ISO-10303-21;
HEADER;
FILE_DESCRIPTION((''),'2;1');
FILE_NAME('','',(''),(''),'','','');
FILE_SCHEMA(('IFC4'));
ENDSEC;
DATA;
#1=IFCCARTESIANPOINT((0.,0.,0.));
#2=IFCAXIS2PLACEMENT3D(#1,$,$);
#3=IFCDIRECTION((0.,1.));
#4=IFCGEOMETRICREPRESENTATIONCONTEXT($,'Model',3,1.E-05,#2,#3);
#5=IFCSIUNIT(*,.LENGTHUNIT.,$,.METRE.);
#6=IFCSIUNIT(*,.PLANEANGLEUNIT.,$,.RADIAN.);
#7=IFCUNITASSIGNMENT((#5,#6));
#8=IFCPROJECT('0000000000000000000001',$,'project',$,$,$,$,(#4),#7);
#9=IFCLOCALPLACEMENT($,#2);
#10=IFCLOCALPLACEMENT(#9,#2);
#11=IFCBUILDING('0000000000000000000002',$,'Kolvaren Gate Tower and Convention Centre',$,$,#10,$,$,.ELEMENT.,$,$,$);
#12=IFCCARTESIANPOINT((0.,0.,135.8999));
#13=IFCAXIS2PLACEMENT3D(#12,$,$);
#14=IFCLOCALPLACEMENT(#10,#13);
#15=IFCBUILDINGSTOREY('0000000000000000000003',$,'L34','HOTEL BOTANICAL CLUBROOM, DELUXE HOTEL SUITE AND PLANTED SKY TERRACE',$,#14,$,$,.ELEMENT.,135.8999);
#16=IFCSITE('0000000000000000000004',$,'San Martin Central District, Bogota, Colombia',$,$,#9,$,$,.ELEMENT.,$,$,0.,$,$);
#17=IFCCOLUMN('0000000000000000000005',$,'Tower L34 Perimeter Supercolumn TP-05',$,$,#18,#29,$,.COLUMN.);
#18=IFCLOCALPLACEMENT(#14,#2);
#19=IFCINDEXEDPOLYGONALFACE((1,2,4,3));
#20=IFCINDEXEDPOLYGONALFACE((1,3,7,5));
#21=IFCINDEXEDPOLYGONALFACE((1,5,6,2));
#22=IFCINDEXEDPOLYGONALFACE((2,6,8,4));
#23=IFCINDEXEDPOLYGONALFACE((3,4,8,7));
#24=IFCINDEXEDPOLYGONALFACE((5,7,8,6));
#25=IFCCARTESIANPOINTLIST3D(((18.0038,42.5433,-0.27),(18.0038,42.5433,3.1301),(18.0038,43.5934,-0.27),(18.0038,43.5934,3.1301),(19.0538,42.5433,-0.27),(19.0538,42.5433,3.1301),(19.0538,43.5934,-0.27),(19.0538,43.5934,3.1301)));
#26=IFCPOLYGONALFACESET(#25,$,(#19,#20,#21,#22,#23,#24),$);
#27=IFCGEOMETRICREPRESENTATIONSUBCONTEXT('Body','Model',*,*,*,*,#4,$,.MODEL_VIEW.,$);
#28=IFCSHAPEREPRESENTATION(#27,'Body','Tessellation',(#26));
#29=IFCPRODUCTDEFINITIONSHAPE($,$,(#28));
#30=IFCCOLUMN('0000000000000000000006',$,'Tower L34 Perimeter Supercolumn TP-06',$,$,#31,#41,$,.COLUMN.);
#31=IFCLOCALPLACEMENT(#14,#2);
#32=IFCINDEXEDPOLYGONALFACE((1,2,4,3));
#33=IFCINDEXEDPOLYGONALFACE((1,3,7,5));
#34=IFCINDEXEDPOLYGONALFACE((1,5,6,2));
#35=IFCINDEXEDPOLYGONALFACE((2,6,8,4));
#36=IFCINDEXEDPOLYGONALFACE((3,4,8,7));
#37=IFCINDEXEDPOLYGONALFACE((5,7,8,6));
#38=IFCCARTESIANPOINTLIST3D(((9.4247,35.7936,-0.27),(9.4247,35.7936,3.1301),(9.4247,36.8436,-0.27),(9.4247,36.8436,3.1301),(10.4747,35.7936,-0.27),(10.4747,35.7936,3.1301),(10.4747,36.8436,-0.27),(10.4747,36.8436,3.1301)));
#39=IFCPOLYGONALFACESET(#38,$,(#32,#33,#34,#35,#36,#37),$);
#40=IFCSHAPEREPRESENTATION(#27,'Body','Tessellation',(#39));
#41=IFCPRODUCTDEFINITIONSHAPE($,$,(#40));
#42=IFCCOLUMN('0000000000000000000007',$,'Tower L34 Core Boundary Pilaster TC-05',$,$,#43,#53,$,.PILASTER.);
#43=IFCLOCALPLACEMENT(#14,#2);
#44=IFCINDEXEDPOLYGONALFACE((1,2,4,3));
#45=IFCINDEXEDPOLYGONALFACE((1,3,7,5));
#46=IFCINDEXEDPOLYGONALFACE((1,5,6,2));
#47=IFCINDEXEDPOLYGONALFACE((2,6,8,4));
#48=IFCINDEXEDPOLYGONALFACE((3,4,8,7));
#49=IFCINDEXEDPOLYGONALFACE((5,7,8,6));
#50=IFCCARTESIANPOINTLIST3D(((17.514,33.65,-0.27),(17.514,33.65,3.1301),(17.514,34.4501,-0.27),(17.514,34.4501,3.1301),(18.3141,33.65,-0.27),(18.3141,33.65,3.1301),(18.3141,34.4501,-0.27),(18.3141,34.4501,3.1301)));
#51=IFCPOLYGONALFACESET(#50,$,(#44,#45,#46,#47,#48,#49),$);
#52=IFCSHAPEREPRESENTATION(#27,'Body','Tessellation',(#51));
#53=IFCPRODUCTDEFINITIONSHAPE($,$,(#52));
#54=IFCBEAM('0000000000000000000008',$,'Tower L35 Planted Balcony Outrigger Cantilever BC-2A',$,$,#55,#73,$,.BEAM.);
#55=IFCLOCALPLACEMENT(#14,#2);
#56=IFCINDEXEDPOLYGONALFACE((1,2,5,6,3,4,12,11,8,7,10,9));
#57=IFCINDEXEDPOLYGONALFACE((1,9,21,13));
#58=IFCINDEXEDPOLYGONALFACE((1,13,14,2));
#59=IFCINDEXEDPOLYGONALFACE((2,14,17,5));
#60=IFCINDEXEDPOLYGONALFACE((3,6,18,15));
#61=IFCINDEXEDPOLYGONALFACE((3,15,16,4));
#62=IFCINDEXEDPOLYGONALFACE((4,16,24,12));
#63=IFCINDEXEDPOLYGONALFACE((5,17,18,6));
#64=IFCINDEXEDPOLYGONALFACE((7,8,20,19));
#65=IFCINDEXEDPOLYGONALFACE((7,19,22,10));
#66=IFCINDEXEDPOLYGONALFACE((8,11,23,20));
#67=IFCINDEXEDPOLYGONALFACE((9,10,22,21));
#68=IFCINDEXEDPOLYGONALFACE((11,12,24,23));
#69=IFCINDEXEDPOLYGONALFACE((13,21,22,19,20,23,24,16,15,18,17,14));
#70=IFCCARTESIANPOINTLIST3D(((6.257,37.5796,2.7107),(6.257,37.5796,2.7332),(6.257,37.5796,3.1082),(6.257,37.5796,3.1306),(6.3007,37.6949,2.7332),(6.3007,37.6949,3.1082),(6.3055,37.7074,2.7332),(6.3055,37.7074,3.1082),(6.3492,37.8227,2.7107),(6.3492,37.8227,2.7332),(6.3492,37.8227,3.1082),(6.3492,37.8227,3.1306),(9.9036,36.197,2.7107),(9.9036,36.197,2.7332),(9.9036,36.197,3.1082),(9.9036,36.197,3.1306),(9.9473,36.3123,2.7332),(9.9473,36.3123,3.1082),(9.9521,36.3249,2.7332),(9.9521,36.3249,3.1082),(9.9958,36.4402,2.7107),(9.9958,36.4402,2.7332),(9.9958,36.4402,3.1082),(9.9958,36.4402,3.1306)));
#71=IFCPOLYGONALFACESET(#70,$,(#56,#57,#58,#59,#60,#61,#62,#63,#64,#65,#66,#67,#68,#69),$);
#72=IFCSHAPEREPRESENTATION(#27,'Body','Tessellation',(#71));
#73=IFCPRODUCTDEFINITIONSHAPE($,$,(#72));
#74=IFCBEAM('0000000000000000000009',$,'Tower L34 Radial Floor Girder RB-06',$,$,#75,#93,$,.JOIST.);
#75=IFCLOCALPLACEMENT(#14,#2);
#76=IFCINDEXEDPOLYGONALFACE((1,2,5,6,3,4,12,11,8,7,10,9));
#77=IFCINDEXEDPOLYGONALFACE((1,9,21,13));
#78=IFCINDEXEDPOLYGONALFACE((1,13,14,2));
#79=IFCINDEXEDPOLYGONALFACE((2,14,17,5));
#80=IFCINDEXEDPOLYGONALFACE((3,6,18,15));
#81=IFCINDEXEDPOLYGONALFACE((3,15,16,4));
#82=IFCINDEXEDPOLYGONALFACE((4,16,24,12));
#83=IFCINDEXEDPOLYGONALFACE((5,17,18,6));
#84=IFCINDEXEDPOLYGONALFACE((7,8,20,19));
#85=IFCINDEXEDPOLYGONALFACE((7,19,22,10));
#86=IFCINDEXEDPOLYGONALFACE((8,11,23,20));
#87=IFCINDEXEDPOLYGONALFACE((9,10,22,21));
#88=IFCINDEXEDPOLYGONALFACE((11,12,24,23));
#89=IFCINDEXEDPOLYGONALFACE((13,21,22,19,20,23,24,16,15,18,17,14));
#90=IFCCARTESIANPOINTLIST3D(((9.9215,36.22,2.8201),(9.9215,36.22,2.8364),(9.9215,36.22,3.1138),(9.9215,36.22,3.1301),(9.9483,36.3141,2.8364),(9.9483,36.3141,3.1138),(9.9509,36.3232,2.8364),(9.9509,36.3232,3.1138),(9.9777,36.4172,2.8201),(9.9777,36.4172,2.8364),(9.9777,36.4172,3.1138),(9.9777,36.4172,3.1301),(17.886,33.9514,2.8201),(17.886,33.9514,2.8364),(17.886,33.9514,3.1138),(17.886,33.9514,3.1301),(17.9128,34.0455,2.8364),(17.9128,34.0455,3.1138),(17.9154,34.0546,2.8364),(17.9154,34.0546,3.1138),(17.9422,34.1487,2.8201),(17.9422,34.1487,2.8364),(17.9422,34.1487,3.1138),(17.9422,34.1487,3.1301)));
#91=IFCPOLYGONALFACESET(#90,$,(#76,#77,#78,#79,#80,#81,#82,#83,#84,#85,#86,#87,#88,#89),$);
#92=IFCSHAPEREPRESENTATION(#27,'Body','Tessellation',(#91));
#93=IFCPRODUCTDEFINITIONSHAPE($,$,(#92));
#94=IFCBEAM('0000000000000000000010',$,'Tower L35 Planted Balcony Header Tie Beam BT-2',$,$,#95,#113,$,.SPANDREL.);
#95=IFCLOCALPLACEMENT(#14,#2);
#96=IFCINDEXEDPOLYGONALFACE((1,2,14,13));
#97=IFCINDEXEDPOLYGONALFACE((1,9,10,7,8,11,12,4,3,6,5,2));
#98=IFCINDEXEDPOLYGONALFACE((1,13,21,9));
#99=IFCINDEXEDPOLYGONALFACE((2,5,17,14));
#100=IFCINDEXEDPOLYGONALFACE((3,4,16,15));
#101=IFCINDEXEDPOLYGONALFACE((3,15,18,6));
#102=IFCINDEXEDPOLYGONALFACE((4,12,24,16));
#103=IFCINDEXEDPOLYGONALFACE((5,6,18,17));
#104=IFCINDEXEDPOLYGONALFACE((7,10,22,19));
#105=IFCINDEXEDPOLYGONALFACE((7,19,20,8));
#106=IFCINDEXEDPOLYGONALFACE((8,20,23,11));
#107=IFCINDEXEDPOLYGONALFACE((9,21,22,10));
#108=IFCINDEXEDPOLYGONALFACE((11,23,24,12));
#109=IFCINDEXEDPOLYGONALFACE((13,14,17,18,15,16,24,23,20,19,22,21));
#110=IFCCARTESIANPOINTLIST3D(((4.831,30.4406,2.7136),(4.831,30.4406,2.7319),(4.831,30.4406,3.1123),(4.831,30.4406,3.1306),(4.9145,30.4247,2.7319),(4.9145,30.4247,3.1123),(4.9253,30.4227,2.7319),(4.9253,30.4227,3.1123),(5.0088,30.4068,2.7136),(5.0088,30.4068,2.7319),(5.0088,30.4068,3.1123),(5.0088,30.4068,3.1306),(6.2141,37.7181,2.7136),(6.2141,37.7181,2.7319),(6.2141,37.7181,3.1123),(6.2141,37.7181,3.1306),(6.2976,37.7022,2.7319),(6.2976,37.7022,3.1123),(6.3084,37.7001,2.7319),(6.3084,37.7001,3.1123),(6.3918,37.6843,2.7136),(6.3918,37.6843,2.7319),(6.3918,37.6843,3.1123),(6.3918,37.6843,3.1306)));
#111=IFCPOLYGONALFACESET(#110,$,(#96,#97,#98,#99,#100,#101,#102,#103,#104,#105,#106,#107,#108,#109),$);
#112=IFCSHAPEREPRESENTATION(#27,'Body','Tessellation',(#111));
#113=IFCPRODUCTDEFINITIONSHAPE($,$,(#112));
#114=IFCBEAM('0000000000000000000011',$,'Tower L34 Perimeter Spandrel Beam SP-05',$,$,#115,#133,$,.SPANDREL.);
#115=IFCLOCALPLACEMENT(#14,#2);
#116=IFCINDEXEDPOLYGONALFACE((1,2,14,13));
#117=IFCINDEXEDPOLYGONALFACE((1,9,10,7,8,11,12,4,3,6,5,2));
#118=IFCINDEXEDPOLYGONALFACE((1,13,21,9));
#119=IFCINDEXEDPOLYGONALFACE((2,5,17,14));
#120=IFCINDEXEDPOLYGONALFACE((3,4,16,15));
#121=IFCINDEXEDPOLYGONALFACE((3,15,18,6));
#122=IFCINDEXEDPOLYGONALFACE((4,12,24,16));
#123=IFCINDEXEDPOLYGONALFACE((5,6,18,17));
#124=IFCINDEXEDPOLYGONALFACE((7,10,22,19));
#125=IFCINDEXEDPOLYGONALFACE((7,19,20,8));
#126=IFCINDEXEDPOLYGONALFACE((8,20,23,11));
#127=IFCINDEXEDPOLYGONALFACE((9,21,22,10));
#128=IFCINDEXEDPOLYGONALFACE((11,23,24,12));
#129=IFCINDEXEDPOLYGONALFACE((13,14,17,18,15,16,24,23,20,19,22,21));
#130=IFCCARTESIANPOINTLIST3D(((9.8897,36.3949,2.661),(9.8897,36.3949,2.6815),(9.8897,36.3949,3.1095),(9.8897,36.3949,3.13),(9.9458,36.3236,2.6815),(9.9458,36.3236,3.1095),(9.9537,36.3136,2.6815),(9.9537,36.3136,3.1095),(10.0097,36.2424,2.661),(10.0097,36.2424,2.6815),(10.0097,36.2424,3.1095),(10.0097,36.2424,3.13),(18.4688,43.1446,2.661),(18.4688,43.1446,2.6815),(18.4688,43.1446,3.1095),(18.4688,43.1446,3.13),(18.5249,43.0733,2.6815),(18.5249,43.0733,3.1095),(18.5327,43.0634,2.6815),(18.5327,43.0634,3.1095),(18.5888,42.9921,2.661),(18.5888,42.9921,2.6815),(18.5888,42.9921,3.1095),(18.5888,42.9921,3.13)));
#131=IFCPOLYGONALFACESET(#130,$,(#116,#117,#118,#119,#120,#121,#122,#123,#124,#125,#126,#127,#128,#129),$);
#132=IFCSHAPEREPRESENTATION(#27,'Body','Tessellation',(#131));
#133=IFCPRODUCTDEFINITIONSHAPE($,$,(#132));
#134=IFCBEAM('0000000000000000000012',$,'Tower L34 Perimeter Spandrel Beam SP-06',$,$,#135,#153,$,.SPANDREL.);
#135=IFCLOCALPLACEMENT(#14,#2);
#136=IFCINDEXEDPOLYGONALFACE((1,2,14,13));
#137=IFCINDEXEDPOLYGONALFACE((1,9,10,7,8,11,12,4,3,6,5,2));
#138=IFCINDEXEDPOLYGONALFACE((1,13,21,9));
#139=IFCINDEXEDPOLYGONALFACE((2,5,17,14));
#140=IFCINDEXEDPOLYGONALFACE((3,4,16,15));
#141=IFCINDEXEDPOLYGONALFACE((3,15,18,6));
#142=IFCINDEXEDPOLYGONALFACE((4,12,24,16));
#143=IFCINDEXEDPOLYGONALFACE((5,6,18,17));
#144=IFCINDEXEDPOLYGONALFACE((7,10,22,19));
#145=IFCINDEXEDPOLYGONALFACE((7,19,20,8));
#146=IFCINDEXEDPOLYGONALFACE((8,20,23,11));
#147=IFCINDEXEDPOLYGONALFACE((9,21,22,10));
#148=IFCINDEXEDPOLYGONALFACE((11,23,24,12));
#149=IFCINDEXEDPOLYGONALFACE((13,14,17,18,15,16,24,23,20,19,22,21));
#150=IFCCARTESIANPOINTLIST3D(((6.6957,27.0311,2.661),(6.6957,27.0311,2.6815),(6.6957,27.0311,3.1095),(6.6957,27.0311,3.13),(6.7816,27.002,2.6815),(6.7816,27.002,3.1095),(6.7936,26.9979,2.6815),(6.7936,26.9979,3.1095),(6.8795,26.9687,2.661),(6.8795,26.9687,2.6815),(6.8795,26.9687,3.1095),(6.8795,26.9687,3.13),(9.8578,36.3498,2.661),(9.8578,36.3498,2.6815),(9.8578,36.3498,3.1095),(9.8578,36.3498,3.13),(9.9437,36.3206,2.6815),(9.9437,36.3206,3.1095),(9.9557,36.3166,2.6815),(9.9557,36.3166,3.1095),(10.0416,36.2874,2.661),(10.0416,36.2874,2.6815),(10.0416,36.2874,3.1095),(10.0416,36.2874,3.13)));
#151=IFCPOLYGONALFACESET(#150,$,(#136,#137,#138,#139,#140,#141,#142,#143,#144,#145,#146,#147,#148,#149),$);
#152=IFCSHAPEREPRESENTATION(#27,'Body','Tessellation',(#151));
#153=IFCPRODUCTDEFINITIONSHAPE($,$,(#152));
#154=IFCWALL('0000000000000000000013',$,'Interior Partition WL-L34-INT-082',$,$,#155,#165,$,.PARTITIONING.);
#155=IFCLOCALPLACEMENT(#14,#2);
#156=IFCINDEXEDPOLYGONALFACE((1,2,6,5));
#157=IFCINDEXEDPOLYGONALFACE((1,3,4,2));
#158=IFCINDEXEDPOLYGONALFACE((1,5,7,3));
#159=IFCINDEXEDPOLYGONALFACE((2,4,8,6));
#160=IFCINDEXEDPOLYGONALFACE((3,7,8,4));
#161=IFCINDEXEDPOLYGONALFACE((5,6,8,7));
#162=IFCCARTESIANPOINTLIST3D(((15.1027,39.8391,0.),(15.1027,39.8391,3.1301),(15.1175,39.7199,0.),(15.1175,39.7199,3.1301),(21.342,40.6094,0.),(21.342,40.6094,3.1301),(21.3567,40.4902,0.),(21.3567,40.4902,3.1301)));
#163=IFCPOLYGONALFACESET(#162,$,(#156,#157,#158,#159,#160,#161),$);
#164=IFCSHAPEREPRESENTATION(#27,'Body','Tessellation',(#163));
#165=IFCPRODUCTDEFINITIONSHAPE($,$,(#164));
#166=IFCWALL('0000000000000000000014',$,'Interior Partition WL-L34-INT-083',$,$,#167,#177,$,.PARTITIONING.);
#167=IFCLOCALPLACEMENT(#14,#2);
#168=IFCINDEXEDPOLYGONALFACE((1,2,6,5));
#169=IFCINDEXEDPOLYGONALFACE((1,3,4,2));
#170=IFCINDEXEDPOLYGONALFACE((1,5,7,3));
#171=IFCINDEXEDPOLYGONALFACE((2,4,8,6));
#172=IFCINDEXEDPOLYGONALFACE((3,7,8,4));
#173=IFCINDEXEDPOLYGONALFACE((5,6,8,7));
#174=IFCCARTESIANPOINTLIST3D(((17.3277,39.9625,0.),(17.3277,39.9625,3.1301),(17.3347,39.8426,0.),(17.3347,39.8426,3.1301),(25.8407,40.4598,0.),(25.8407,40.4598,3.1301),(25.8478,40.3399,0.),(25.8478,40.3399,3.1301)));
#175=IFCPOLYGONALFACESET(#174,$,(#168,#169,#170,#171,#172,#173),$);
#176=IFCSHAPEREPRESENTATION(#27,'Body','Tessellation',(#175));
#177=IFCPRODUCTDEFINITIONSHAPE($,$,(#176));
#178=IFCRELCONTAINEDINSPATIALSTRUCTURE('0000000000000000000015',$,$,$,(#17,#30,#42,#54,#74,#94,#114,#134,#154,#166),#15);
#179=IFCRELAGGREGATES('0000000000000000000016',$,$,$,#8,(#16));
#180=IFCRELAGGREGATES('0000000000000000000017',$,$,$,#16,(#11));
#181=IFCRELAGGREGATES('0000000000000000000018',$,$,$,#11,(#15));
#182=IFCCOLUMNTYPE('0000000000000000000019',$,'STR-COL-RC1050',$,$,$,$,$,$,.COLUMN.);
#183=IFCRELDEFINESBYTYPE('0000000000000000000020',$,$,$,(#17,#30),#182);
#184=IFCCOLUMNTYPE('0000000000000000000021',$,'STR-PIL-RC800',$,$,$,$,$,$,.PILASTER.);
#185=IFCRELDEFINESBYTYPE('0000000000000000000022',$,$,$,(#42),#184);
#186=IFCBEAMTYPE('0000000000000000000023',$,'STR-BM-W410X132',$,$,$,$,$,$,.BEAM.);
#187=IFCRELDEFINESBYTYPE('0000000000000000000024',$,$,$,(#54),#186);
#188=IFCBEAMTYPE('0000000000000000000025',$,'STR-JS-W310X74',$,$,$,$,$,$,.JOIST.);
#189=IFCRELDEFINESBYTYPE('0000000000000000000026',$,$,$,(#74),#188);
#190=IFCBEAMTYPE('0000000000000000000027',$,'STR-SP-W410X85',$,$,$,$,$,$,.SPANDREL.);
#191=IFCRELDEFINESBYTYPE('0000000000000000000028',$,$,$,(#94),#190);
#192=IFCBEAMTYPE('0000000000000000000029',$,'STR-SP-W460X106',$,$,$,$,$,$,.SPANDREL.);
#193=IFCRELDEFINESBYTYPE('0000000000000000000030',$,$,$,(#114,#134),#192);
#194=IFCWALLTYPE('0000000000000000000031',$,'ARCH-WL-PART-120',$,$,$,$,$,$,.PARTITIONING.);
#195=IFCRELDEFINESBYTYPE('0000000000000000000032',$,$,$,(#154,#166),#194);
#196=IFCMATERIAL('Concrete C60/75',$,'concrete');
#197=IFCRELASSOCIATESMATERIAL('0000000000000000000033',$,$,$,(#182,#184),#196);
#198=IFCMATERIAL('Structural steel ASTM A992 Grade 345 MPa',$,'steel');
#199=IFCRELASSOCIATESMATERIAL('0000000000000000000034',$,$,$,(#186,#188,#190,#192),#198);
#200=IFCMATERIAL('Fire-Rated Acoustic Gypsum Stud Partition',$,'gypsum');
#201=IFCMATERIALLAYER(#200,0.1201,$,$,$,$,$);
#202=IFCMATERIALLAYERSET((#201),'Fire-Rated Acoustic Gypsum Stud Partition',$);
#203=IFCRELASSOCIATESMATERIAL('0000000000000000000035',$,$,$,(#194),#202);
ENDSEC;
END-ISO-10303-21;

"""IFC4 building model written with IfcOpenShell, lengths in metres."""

from ifc_helpers import new_model, si_unit, direction, frame, frame_2d, origin, origin_2d, place, context, subcontext, project, spatial, rectangle, i_section, extrude, material, layer, layer_set, material_profile, profile_set, type_object, element, save


model = new_model("IFC4")

# Units and contexts
model_context = context("Model", 3, precision=1e-05, world=origin(), true_north=direction((0.0, 1.0)))
body_context = subcontext(model_context, "Body", "Model", "MODEL_VIEW")
ifc_project = project(units=[si_unit("LENGTHUNIT", "METRE"), si_unit("PLANEANGLEUNIT", "RADIAN")], contexts=[model_context])

# Site, building, storey
site_placement = place(None, origin())
site = spatial("IfcSite", under=ifc_project, at=site_placement, Name="San Martin Central District, Bogota, Colombia", CompositionType="ELEMENT", RefElevation=0.0)
building_placement = place(site_placement, origin())
building = spatial("IfcBuilding", under=site, at=building_placement, Name="Kolvaren Gate Tower and Convention Centre", CompositionType="ELEMENT")
storey_placement = place(building_placement, frame((0.0, 0.0, 135.8999)))
storey = spatial("IfcBuildingStorey", under=building, at=storey_placement, Name="L34", Description="HOTEL BOTANICAL CLUBROOM, DELUXE HOTEL SUITE AND PLANTED SKY TERRACE", CompositionType="ELEMENT", Elevation=135.8999)

# Columns
ifc_material_1 = material(Name="Concrete C60/75", Category="concrete")
ifc_material_profile_1 = material_profile(ifc_material_1, rectangle(XDim=1.05, YDim=1.05, at=origin_2d()), Name="RC-COL-1050X1050")
ifc_profile_set_1 = profile_set([ifc_material_profile_1], Name="Concrete C60/75")
column_type_1 = type_object("IfcColumnType", Name="STR-COL-RC1050", PredefinedType="COLUMN", material=ifc_profile_set_1)
for number, where, z_axis, x_axis, name in (
    (1, (18.5288, 43.0684, -0.27), (0.0, 0.0, 1.0), (1.0, 0.0, 0.0), "Tower L34 Perimeter Supercolumn TP-05"),
    (2, (9.9497, 36.3186, -0.27), (0.0, 0.0, 1.0), (1.0, 0.0, 0.0), "Tower L34 Perimeter Supercolumn TP-06"),
):
    element("IfcColumn", number, at=place(storey_placement, frame(where, z_axis=z_axis, x_axis=x_axis)), inside=storey, type_object=column_type_1, Name=name, PredefinedType="COLUMN", context=body_context, shape_type="SweptSolid", body=[
        extrude(rectangle(XDim=1.05, YDim=1.05, at=origin_2d()), origin(), (0.0, 0.0, 1.0), 3.4001),
    ])
ifc_material_profile_2 = material_profile(ifc_material_1, rectangle(XDim=0.8, YDim=0.8, at=origin_2d()), Name="RC-COL-800X800")
ifc_profile_set_2 = profile_set([ifc_material_profile_2], Name="Concrete C60/75")
column_type_2 = type_object("IfcColumnType", Name="STR-PIL-RC800", PredefinedType="PILASTER", material=ifc_profile_set_2)
column_placement = place(storey_placement, frame((17.9141, 34.05, -0.27), z_axis=(0.0, 0.0, 1.0), x_axis=(1.0, 0.0, 0.0)))
element("IfcColumn", 3, at=column_placement, inside=storey, type_object=column_type_2, Name="Tower L34 Core Boundary Pilaster TC-05", PredefinedType="PILASTER", context=body_context, shape_type="SweptSolid", body=[
    extrude(rectangle(XDim=0.8, YDim=0.8, at=origin_2d()), origin(), (0.0, 0.0, 1.0), 3.4001),
])

# Beams
ifc_material_2 = material(Name="Structural steel ASTM A992 Grade 345 MPa", Category="steel")
ifc_material_profile_3 = material_profile(ifc_material_2, i_section(OverallWidth=0.26, OverallDepth=0.4199, WebThickness=0.0134, FlangeThickness=0.0225, at=origin_2d()), Name="W410X132")
ifc_profile_set_3 = profile_set([ifc_material_profile_3], Name="Structural steel ASTM A992 Grade 345 MPa")
beam_type_1 = type_object("IfcBeamType", Name="STR-BM-W410X132", PredefinedType="BEAM", material=ifc_profile_set_3)
beam_1_placement = place(storey_placement, frame((9.9497, 36.3186, 2.9207), z_axis=(-0.935055, 0.354503, 0.0), x_axis=(-0.354503, -0.935055, 0.0)))
element("IfcBeam", 4, at=beam_1_placement, inside=storey, type_object=beam_type_1, Name="Tower L35 Planted Balcony Outrigger Cantilever BC-2A", PredefinedType="BEAM", context=body_context, shape_type="SweptSolid", body=[
    extrude(i_section(OverallWidth=0.26, OverallDepth=0.4199, WebThickness=0.0134, FlangeThickness=0.0225, at=origin_2d()), origin(), (0.0, 0.0, 1.0), 3.8999),
])
ifc_material_profile_4 = material_profile(ifc_material_2, i_section(OverallWidth=0.2051, OverallDepth=0.3101, WebThickness=0.0095, FlangeThickness=0.0164, at=origin_2d()), Name="W310X74")
ifc_profile_set_4 = profile_set([ifc_material_profile_4], Name="Structural steel ASTM A992 Grade 345 MPa")
beam_type_2 = type_object("IfcBeamType", Name="STR-JS-W310X74", PredefinedType="JOIST", material=ifc_profile_set_4)
beam_2_placement = place(storey_placement, frame((17.9141, 34.05, 2.9751), z_axis=(-0.961746, 0.273942, 0.0), x_axis=(-0.273942, -0.961746, 0.0)))
element("IfcBeam", 5, at=beam_2_placement, inside=storey, type_object=beam_type_2, Name="Tower L34 Radial Floor Girder RB-06", PredefinedType="JOIST", context=body_context, shape_type="SweptSolid", body=[
    extrude(i_section(OverallWidth=0.2051, OverallDepth=0.3101, WebThickness=0.0095, FlangeThickness=0.0164, at=origin_2d()), origin(), (0.0, 0.0, 1.0), 8.2812),
])
ifc_material_profile_5 = material_profile(ifc_material_2, i_section(OverallWidth=0.1809, OverallDepth=0.417, WebThickness=0.011, FlangeThickness=0.0183, at=origin_2d()), Name="W410X85")
ifc_profile_set_5 = profile_set([ifc_material_profile_5], Name="Structural steel ASTM A992 Grade 345 MPa")
beam_type_3 = type_object("IfcBeamType", Name="STR-SP-W410X85", PredefinedType="SPANDREL", material=ifc_profile_set_5)
beam_3_placement = place(storey_placement, frame((6.303, 37.7012, 2.9221), z_axis=(-0.186708, -0.982416, 0.0), x_axis=(0.982416, -0.186708, 0.0)))
element("IfcBeam", 6, at=beam_3_placement, inside=storey, type_object=beam_type_3, Name="Tower L35 Planted Balcony Header Tie Beam BT-2", PredefinedType="SPANDREL", context=body_context, shape_type="SweptSolid", body=[
    extrude(i_section(OverallWidth=0.1809, OverallDepth=0.417, WebThickness=0.011, FlangeThickness=0.0183, at=origin_2d()), origin(), (0.0, 0.0, 1.0), 7.4077),
])
ifc_material_profile_6 = material_profile(ifc_material_2, i_section(OverallWidth=0.1941, OverallDepth=0.469, WebThickness=0.0127, FlangeThickness=0.0205, at=origin_2d()), Name="W460X106")
ifc_profile_set_6 = profile_set([ifc_material_profile_6], Name="Structural steel ASTM A992 Grade 345 MPa")
beam_type_4 = type_object("IfcBeamType", Name="STR-SP-W460X106", PredefinedType="SPANDREL", material=ifc_profile_set_6)
beam_4_placement = place(storey_placement, frame((18.5288, 43.0684, 2.8955), z_axis=(-0.785916, -0.618333, 0.0), x_axis=(0.618333, -0.785916, 0.0)))
element("IfcBeam", 7, at=beam_4_placement, inside=storey, type_object=beam_type_4, Name="Tower L34 Perimeter Spandrel Beam SP-05", PredefinedType="SPANDREL", context=body_context, shape_type="SweptSolid", body=[
    extrude(i_section(OverallWidth=0.1941, OverallDepth=0.469, WebThickness=0.0127, FlangeThickness=0.0205, at=origin_2d()), origin(), (0.0, 0.0, 1.0), 10.916),
])
beam_5_placement = place(storey_placement, frame((9.9497, 36.3186, 2.8955), z_axis=(-0.321336, -0.946965, 0.0), x_axis=(0.946965, -0.321336, 0.0)))
element("IfcBeam", 8, at=beam_5_placement, inside=storey, type_object=beam_type_4, Name="Tower L34 Perimeter Spandrel Beam SP-06", PredefinedType="SPANDREL", context=body_context, shape_type="SweptSolid", body=[
    extrude(i_section(OverallWidth=0.1941, OverallDepth=0.469, WebThickness=0.0127, FlangeThickness=0.0205, at=origin_2d()), origin(), (0.0, 0.0, 1.0), 9.8406),
])

# Walls
ifc_material_3 = material(Name="Fire-Rated Acoustic Gypsum Stud Partition", Category="gypsum")
ifc_layer_1 = layer(ifc_material_3, 0.1201)
ifc_layer_set_1 = layer_set([ifc_layer_1], Name="Fire-Rated Acoustic Gypsum Stud Partition")
wall_type_1 = type_object("IfcWallType", Name="ARCH-WL-PART-120", PredefinedType="PARTITIONING", material=ifc_layer_set_1)
wall_1_placement = place(storey_placement, frame((15.1101, 39.7795, 0.0), z_axis=(0.0, 0.0, 1.0), x_axis=(0.992466, 0.122524, 0.0)))
element("IfcWall", 9, at=wall_1_placement, inside=storey, type_object=wall_type_1, Name="Interior Partition WL-L34-INT-082", PredefinedType="PARTITIONING", context=body_context, shape_type="SweptSolid", body=[
    extrude(rectangle(XDim=6.2866, YDim=0.1201, at=frame_2d((3.1433, 0.0))), origin(), (0.0, 0.0, 1.0), 3.1301),
])
wall_2_placement = place(storey_placement, frame((17.3313, 39.9026, 0.0), z_axis=(0.0, 0.0, 1.0), x_axis=(0.998298, 0.058318, 0.0)))
element("IfcWall", 10, at=wall_2_placement, inside=storey, type_object=wall_type_1, Name="Interior Partition WL-L34-INT-083", PredefinedType="PARTITIONING", context=body_context, shape_type="SweptSolid", body=[
    extrude(rectangle(XDim=8.5276, YDim=0.1201, at=frame_2d((4.2637, 0.0))), origin(), (0.0, 0.0, 1.0), 3.1301),
])

save(model, "model.ifc")
